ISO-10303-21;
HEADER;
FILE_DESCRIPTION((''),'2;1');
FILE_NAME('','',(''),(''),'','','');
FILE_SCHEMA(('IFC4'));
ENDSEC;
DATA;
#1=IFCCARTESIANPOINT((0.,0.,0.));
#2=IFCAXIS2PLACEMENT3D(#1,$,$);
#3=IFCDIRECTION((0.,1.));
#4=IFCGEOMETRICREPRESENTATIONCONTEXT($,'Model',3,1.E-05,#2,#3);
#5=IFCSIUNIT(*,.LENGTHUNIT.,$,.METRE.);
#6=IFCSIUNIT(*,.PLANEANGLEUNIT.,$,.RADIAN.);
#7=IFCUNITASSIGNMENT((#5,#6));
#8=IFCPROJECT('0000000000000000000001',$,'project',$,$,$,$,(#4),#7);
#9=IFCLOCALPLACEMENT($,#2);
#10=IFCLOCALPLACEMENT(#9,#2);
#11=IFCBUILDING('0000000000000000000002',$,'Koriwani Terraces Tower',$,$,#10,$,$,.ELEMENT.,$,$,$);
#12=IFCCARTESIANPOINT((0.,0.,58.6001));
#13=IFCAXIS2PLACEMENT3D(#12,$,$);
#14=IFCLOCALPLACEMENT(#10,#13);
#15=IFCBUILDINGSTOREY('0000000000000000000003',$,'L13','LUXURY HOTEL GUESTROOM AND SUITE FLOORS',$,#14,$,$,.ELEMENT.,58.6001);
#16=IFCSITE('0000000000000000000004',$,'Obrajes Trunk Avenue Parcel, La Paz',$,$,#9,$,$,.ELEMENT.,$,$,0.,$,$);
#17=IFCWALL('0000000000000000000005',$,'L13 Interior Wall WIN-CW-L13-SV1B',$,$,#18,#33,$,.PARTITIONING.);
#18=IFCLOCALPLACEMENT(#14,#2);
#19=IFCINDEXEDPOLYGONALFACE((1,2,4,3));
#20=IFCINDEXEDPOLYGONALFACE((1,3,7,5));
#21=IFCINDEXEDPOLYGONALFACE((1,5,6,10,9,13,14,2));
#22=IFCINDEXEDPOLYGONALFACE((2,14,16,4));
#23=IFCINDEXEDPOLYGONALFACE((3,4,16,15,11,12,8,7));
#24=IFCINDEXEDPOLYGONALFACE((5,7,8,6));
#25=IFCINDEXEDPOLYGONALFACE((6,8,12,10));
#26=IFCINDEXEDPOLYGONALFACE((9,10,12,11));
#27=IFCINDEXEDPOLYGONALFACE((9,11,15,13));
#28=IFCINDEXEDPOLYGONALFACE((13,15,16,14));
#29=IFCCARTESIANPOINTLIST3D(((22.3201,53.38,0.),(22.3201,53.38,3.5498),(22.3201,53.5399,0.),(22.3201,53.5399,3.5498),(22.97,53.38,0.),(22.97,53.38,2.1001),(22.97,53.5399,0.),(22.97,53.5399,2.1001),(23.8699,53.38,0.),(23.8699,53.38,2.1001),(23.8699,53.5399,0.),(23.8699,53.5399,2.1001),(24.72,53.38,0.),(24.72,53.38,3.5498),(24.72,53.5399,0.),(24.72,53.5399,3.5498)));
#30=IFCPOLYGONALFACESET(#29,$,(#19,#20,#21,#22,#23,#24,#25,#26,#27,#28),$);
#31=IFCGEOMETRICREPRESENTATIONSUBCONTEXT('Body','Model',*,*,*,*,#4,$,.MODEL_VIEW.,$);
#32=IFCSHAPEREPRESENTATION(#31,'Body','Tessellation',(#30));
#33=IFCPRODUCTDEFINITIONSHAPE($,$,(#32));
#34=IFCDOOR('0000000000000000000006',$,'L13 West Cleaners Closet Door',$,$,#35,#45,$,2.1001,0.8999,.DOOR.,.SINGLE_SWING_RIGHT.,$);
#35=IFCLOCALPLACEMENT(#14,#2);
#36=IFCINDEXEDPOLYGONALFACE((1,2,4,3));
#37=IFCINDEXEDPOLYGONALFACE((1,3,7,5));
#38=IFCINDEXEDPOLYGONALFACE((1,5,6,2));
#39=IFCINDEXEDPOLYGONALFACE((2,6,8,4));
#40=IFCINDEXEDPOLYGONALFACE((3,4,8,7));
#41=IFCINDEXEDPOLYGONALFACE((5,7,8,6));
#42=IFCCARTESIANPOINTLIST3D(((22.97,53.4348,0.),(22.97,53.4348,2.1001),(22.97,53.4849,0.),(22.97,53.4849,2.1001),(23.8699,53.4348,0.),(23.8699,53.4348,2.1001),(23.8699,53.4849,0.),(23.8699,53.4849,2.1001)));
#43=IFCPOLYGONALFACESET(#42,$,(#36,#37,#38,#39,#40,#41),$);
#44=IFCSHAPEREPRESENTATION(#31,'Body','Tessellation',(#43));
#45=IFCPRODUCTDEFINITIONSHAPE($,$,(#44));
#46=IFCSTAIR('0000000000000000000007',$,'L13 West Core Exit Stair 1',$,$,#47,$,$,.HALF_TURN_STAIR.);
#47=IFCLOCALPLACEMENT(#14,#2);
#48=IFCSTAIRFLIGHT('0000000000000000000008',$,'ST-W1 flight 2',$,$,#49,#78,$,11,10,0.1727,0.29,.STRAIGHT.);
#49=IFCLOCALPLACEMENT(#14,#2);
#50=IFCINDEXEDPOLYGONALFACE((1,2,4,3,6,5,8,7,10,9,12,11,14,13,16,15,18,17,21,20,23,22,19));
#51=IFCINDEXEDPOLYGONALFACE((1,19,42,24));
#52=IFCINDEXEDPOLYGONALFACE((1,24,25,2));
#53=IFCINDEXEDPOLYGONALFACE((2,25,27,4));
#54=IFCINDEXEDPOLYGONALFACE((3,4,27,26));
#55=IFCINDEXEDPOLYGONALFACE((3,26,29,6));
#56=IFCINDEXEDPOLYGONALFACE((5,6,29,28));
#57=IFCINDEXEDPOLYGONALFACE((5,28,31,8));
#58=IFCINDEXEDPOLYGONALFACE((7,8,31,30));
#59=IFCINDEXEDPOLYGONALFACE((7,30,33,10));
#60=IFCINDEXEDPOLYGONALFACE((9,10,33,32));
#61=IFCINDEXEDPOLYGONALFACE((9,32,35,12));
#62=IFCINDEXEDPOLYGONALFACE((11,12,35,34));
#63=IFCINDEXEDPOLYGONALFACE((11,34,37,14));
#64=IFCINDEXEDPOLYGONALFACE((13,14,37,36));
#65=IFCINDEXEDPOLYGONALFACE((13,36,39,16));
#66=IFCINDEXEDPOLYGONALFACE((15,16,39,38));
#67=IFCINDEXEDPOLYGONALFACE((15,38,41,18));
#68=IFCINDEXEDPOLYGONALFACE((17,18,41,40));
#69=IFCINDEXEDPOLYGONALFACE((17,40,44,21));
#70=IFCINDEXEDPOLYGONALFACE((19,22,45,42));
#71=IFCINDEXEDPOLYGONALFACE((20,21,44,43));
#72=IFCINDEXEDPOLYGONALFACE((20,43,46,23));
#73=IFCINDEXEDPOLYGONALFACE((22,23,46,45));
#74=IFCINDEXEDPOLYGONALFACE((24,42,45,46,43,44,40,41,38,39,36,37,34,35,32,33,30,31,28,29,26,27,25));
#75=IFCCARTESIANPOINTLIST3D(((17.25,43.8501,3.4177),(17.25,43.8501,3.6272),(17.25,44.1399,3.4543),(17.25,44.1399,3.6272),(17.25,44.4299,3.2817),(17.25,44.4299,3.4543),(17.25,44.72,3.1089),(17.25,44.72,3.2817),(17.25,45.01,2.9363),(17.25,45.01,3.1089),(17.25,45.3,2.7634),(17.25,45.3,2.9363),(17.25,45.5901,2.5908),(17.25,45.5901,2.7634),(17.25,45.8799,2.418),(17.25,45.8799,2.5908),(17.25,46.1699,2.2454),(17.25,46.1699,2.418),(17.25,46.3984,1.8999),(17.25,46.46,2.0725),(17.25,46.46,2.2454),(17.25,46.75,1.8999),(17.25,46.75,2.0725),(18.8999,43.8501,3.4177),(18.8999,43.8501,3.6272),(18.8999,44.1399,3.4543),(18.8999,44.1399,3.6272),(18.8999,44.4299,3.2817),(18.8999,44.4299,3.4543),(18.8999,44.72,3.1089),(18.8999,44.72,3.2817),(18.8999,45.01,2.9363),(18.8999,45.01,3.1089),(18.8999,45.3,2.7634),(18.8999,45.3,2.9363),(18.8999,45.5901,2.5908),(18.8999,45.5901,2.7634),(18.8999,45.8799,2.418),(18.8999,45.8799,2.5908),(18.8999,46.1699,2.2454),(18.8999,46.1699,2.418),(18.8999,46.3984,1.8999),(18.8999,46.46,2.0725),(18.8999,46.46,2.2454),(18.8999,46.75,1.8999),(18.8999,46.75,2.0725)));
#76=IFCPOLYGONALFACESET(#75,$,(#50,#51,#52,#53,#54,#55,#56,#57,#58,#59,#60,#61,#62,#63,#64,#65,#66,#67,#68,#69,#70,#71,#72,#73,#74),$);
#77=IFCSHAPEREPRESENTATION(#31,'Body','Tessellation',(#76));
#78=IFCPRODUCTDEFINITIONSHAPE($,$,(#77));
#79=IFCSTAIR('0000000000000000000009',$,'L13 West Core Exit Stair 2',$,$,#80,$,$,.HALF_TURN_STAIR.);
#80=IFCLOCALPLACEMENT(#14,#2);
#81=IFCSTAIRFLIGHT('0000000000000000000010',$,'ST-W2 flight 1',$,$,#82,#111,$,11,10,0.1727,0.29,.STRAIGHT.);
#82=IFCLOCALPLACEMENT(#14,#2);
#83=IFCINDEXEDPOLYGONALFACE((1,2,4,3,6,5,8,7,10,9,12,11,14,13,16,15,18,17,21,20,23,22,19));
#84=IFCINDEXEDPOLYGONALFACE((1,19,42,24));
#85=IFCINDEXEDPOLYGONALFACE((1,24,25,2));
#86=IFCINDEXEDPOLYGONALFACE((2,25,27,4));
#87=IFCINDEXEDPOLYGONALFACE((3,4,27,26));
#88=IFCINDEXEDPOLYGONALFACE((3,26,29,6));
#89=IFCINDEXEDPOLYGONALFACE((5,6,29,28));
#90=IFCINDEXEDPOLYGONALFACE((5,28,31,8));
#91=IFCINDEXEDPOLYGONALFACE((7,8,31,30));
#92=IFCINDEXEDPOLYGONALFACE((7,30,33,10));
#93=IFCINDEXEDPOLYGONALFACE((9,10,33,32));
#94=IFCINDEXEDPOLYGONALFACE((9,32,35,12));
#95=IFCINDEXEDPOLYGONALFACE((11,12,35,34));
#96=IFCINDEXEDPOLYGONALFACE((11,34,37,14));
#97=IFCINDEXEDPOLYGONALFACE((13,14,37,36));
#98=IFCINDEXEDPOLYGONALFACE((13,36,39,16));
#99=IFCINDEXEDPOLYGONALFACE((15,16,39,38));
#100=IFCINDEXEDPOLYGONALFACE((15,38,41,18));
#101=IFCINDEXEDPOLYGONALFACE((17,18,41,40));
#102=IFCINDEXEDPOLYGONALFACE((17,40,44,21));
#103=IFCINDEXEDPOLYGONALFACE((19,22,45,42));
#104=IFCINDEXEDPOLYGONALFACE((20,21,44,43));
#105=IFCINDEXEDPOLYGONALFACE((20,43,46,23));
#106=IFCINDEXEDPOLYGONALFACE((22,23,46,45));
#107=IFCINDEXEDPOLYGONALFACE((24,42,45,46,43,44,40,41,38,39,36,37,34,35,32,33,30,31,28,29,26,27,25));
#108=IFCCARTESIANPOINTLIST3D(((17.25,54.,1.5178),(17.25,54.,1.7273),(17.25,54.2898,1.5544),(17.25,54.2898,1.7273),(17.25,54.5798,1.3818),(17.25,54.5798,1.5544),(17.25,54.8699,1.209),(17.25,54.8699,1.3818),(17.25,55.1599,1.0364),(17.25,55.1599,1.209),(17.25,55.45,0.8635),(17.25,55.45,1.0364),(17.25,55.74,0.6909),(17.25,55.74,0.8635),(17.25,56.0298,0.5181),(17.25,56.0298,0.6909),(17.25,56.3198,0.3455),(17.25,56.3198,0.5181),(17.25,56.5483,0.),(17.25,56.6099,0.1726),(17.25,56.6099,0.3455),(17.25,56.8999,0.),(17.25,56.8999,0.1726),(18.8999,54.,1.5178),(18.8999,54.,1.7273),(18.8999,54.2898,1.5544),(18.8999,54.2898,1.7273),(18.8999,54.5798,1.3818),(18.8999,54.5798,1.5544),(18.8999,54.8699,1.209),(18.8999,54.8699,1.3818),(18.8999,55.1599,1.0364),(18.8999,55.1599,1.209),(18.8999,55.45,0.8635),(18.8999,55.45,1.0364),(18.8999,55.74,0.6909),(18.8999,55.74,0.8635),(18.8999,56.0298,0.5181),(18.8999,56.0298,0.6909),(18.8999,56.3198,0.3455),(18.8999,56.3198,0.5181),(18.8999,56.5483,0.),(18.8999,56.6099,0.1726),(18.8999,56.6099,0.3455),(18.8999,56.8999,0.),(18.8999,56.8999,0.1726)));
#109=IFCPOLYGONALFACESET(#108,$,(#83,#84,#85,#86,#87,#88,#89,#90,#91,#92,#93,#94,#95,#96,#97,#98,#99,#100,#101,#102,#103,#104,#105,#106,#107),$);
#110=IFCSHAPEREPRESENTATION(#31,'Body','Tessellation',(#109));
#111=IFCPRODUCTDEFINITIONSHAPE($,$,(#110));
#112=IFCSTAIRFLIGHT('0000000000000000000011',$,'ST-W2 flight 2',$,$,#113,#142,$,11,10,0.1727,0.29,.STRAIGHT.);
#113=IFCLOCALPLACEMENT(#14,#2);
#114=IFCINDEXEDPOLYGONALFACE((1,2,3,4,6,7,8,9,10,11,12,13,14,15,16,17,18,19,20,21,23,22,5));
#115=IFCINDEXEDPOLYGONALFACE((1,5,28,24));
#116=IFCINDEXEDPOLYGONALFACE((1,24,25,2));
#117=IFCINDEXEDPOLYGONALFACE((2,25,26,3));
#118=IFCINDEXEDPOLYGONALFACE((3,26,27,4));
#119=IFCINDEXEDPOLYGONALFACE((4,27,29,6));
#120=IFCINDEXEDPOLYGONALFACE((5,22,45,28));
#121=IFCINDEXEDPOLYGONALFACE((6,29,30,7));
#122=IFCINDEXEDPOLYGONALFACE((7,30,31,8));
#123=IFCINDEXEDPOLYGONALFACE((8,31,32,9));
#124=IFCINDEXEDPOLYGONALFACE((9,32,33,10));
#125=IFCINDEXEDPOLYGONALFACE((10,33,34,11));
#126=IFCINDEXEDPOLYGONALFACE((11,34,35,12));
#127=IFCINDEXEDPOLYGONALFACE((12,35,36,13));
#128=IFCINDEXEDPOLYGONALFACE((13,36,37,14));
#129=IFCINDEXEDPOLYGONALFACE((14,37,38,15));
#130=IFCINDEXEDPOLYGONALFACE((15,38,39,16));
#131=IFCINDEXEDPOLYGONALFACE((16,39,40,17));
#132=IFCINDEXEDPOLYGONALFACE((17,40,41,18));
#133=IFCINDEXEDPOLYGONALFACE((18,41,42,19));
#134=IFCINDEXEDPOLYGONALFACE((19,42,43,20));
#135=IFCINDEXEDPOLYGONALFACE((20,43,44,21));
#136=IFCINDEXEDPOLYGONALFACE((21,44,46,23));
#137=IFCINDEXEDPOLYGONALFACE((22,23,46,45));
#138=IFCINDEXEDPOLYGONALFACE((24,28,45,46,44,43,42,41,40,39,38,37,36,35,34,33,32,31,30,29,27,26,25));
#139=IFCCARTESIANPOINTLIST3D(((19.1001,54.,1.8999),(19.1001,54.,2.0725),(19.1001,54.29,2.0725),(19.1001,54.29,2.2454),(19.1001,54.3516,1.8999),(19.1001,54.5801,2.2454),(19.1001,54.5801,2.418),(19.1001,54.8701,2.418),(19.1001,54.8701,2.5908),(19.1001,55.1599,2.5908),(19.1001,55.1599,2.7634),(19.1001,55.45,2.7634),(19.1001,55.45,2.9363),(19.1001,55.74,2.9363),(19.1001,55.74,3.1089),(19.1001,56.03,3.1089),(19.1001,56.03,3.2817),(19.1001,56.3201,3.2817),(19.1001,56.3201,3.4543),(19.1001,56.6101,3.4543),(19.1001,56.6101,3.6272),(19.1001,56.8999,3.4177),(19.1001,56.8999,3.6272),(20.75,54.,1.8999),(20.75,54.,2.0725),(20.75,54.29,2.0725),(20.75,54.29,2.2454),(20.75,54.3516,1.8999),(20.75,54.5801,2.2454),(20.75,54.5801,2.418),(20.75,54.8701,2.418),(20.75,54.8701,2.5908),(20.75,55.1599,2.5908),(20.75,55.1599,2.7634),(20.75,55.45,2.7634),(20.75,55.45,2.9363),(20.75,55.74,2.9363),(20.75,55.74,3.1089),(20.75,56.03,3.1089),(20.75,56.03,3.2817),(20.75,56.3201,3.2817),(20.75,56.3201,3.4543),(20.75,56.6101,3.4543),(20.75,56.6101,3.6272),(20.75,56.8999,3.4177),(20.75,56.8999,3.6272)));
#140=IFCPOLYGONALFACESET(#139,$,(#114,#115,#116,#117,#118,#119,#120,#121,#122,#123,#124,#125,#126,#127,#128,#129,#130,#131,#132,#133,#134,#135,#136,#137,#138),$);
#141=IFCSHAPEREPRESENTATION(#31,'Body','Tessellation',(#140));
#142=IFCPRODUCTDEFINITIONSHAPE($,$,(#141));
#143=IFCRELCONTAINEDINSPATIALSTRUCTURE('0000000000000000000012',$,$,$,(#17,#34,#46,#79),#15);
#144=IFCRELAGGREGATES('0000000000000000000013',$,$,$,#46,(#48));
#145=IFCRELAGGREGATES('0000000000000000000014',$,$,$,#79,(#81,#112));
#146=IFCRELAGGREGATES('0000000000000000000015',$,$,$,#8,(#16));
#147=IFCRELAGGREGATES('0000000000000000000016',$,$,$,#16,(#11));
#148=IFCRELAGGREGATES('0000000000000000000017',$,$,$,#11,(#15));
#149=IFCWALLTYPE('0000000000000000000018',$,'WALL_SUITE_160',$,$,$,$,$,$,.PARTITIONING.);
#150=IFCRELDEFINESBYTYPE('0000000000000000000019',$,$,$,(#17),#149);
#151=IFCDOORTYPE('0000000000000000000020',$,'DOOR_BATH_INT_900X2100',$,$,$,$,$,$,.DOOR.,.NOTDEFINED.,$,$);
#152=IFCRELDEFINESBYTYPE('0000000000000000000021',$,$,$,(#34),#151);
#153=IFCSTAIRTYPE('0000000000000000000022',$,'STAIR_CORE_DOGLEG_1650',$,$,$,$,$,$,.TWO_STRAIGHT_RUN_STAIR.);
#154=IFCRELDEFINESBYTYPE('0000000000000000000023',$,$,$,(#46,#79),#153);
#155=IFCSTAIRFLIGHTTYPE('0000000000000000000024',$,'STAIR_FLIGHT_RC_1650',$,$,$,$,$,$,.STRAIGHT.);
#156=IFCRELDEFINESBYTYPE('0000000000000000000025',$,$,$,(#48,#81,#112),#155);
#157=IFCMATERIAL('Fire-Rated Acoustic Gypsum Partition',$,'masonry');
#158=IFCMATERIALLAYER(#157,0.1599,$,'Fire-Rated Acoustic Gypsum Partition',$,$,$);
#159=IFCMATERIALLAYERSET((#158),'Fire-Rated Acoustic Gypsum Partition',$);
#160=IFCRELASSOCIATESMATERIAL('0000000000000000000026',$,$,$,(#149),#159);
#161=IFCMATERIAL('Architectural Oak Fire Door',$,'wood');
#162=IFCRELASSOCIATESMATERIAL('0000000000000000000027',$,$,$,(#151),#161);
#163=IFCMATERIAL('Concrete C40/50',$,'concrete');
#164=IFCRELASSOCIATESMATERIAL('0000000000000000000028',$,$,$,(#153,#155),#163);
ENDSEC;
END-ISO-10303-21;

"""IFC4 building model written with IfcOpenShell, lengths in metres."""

from ifc_helpers import new_model, si_unit, direction, frame, frame_2d, origin, place, context, subcontext, project, spatial, polyline, rectangle, outline, extrude, material, layer, layer_set, type_object, element, fill, aggregate, save


model = new_model("IFC4")

# Units and contexts
model_context = context("Model", 3, precision=1e-05, world=origin(), true_north=direction((0.0, 1.0)))
body_context = subcontext(model_context, "Body", "Model", "MODEL_VIEW")
ifc_project = project(units=[si_unit("LENGTHUNIT", "METRE"), si_unit("PLANEANGLEUNIT", "RADIAN")], contexts=[model_context])

# Site, building, storey
site_placement = place(None, origin())
site = spatial("IfcSite", under=ifc_project, at=site_placement, Name="Obrajes Trunk Avenue Parcel, La Paz", CompositionType="ELEMENT", RefElevation=0.0)
building_placement = place(site_placement, origin())
building = spatial("IfcBuilding", under=site, at=building_placement, Name="Koriwani Terraces Tower", CompositionType="ELEMENT")
storey_placement = place(building_placement, frame((0.0, 0.0, 58.6001)))
storey = spatial("IfcBuildingStorey", under=building, at=storey_placement, Name="L13", Description="LUXURY HOTEL GUESTROOM AND SUITE FLOORS", CompositionType="ELEMENT", Elevation=58.6001)

# Shared definitions
ifc_material_1 = material(Name="Concrete C40/50", Category="concrete")

# Wall, opening, door
ifc_material_2 = material(Name="Fire-Rated Acoustic Gypsum Partition", Category="masonry")
ifc_layer_1 = layer(ifc_material_2, 0.1599, Name="Fire-Rated Acoustic Gypsum Partition")
ifc_layer_set_1 = layer_set([ifc_layer_1], Name="Fire-Rated Acoustic Gypsum Partition")
wall_type_1 = type_object("IfcWallType", Name="WALL_SUITE_160", PredefinedType="PARTITIONING", material=ifc_layer_set_1)
ifc_material_3 = material(Name="Architectural Oak Fire Door", Category="wood")
door_type_1 = type_object("IfcDoorType", Name="DOOR_BATH_INT_900X2100", OperationType="NOTDEFINED", PredefinedType="DOOR", material=ifc_material_3)
wall_1_placement = place(storey_placement, frame((22.3201, 53.46, 0.0), z_axis=(0.0, 0.0, 1.0), x_axis=(1.0, 0.0, 0.0)))
wall_1 = element("IfcWall", 1, at=wall_1_placement, inside=storey, type_object=wall_type_1, Name="L13 Interior Wall WIN-CW-L13-SV1B", PredefinedType="PARTITIONING", context=body_context, shape_type="SweptSolid", body=[
    extrude(rectangle(XDim=2.3999, YDim=0.1599, at=frame_2d((1.2, 0.0))), origin(), (0.0, 0.0, 1.0), 3.5498),
])
opening_1_placement = place(wall_1_placement, frame((0.6499, 0.0, 0.0)))
opening_1 = element("IfcOpeningElement", 2, at=opening_1_placement, cuts=wall_1, PredefinedType="OPENING", context=body_context, shape_type="SweptSolid", body=[
    extrude(rectangle(XDim=0.8999, YDim=2.1001, at=frame_2d((0.45, 1.05))), frame((0.0, 0.0898, 0.0), z_axis=(0.0, -1.0, 0.0), x_axis=(1.0, 0.0, 0.0)), (0.0, 0.0, 1.0), 0.1799),
])
door_1_placement = place(opening_1_placement, origin())
door_1 = element("IfcDoor", 3, at=door_1_placement, inside=storey, type_object=door_type_1, Name="L13 West Cleaners Closet Door", OperationType="SINGLE_SWING_RIGHT", OverallHeight=2.1001, OverallWidth=0.8999, PredefinedType="DOOR", context=body_context, shape_type="SweptSolid", body=[
    extrude(rectangle(XDim=0.8999, YDim=2.1001, at=frame_2d((0.45, 1.05))), frame((0.0, 0.0249, 0.0), z_axis=(0.0, -1.0, 0.0), x_axis=(1.0, 0.0, 0.0)), (0.0, 0.0, 1.0), 0.05),
])
fill(opening_1, door_1)

# Stair, stair flight
stair_type = type_object("IfcStairType", Name="STAIR_CORE_DOGLEG_1650", PredefinedType="TWO_STRAIGHT_RUN_STAIR", material=ifc_material_1)
stair_1_placement = place(storey_placement, origin())
stair_1 = element("IfcStair", 4, at=stair_1_placement, inside=storey, type_object=stair_type, Name="L13 West Core Exit Stair 1", PredefinedType="HALF_TURN_STAIR")
stair_flight_type = type_object("IfcStairFlightType", Name="STAIR_FLIGHT_RC_1650", PredefinedType="STRAIGHT", material=ifc_material_1)
stair_flight_1_placement = place(storey_placement, frame((18.075, 46.75, 1.8999), z_axis=(0.0, 0.0, 1.0), x_axis=(0.0, -1.0, 0.0)))
stair_flight_1 = element("IfcStairFlight", 5, at=stair_flight_1_placement, type_object=stair_flight_type, Name="ST-W1 flight 2", NumberOfRisers=11, NumberOfTreads=10, PredefinedType="STRAIGHT", RiserHeight=0.1727, TreadLength=0.29, context=body_context, shape_type="SweptSolid", body=[
    extrude(outline(polyline([(0.0, 0.0), (0.0, 0.1726), (0.29, 0.1726), (0.29, 0.3455), (0.5801, 0.3455), (0.5801, 0.5181), (0.8701, 0.5181), (0.8701, 0.6909), (1.1599, 0.6909), (1.1599, 0.8635), (1.45, 0.8635), (1.45, 1.0364), (1.74, 1.0364), (1.74, 1.209), (2.03, 1.209), (2.03, 1.3818), (2.3201, 1.3818), (2.3201, 1.5544), (2.6101, 1.5544), (2.6101, 1.7273), (2.8999, 1.7273), (2.8999, 1.8999), (2.8999, 1.5178), (0.3516, 0.0), (0.0, 0.0)])), frame((0.0, 0.825, 0.0), z_axis=(0.0, -1.0, 0.0), x_axis=(1.0, 0.0, 0.0)), (0.0, 0.0, 1.0), 1.6499),
])
aggregate(stair_1, [stair_flight_1])

# Stair, stair flights
stair_2_placement = place(storey_placement, origin())
stair_2 = element("IfcStair", 6, at=stair_2_placement, inside=storey, type_object=stair_type, Name="L13 West Core Exit Stair 2", PredefinedType="HALF_TURN_STAIR")
stair_flight_2_placement = place(storey_placement, frame((18.075, 56.8999, 0.0), z_axis=(0.0, 0.0, 1.0), x_axis=(0.0, -1.0, 0.0)))
stair_flight_2 = element("IfcStairFlight", 7, at=stair_flight_2_placement, type_object=stair_flight_type, Name="ST-W2 flight 1", NumberOfRisers=11, NumberOfTreads=10, PredefinedType="STRAIGHT", RiserHeight=0.1727, TreadLength=0.29, context=body_context, shape_type="SweptSolid", body=[
    extrude(outline(polyline([(0.0, 0.0), (0.0, 0.1726), (0.29, 0.1726), (0.29, 0.3455), (0.5801, 0.3455), (0.5801, 0.5181), (0.8701, 0.5181), (0.8701, 0.6909), (1.1599, 0.6909), (1.1599, 0.8635), (1.45, 0.8635), (1.45, 1.0364), (1.74, 1.0364), (1.74, 1.209), (2.03, 1.209), (2.03, 1.3818), (2.3201, 1.3818), (2.3201, 1.5544), (2.6101, 1.5544), (2.6101, 1.7273), (2.8999, 1.7273), (2.8999, 1.8999), (2.8999, 1.5178), (0.3516, 0.0), (0.0, 0.0)])), frame((0.0, 0.825, 0.0), z_axis=(0.0, -1.0, 0.0), x_axis=(1.0, 0.0, 0.0)), (0.0, 0.0, 1.0), 1.6499),
])
stair_flight_3_placement = place(storey_placement, frame((19.925, 54.0, 1.8999), z_axis=(0.0, 0.0, 1.0), x_axis=(0.0, 1.0, 0.0)))
stair_flight_3 = element("IfcStairFlight", 8, at=stair_flight_3_placement, type_object=stair_flight_type, Name="ST-W2 flight 2", NumberOfRisers=11, NumberOfTreads=10, PredefinedType="STRAIGHT", RiserHeight=0.1727, TreadLength=0.29, context=body_context, shape_type="SweptSolid", body=[
    extrude(outline(polyline([(0.0, 0.0), (0.0, 0.1726), (0.29, 0.1726), (0.29, 0.3455), (0.5801, 0.3455), (0.5801, 0.5181), (0.8701, 0.5181), (0.8701, 0.6909), (1.1599, 0.6909), (1.1599, 0.8635), (1.45, 0.8635), (1.45, 1.0364), (1.74, 1.0364), (1.74, 1.209), (2.03, 1.209), (2.03, 1.3818), (2.3201, 1.3818), (2.3201, 1.5544), (2.6101, 1.5544), (2.6101, 1.7273), (2.8999, 1.7273), (2.8999, 1.8999), (2.8999, 1.5178), (0.3516, 0.0), (0.0, 0.0)])), frame((0.0, 0.825, 0.0), z_axis=(0.0, -1.0, 0.0), x_axis=(1.0, 0.0, 0.0)), (0.0, 0.0, 1.0), 1.6499),
])
aggregate(stair_2, [stair_flight_2, stair_flight_3])

save(model, "model.ifc")
